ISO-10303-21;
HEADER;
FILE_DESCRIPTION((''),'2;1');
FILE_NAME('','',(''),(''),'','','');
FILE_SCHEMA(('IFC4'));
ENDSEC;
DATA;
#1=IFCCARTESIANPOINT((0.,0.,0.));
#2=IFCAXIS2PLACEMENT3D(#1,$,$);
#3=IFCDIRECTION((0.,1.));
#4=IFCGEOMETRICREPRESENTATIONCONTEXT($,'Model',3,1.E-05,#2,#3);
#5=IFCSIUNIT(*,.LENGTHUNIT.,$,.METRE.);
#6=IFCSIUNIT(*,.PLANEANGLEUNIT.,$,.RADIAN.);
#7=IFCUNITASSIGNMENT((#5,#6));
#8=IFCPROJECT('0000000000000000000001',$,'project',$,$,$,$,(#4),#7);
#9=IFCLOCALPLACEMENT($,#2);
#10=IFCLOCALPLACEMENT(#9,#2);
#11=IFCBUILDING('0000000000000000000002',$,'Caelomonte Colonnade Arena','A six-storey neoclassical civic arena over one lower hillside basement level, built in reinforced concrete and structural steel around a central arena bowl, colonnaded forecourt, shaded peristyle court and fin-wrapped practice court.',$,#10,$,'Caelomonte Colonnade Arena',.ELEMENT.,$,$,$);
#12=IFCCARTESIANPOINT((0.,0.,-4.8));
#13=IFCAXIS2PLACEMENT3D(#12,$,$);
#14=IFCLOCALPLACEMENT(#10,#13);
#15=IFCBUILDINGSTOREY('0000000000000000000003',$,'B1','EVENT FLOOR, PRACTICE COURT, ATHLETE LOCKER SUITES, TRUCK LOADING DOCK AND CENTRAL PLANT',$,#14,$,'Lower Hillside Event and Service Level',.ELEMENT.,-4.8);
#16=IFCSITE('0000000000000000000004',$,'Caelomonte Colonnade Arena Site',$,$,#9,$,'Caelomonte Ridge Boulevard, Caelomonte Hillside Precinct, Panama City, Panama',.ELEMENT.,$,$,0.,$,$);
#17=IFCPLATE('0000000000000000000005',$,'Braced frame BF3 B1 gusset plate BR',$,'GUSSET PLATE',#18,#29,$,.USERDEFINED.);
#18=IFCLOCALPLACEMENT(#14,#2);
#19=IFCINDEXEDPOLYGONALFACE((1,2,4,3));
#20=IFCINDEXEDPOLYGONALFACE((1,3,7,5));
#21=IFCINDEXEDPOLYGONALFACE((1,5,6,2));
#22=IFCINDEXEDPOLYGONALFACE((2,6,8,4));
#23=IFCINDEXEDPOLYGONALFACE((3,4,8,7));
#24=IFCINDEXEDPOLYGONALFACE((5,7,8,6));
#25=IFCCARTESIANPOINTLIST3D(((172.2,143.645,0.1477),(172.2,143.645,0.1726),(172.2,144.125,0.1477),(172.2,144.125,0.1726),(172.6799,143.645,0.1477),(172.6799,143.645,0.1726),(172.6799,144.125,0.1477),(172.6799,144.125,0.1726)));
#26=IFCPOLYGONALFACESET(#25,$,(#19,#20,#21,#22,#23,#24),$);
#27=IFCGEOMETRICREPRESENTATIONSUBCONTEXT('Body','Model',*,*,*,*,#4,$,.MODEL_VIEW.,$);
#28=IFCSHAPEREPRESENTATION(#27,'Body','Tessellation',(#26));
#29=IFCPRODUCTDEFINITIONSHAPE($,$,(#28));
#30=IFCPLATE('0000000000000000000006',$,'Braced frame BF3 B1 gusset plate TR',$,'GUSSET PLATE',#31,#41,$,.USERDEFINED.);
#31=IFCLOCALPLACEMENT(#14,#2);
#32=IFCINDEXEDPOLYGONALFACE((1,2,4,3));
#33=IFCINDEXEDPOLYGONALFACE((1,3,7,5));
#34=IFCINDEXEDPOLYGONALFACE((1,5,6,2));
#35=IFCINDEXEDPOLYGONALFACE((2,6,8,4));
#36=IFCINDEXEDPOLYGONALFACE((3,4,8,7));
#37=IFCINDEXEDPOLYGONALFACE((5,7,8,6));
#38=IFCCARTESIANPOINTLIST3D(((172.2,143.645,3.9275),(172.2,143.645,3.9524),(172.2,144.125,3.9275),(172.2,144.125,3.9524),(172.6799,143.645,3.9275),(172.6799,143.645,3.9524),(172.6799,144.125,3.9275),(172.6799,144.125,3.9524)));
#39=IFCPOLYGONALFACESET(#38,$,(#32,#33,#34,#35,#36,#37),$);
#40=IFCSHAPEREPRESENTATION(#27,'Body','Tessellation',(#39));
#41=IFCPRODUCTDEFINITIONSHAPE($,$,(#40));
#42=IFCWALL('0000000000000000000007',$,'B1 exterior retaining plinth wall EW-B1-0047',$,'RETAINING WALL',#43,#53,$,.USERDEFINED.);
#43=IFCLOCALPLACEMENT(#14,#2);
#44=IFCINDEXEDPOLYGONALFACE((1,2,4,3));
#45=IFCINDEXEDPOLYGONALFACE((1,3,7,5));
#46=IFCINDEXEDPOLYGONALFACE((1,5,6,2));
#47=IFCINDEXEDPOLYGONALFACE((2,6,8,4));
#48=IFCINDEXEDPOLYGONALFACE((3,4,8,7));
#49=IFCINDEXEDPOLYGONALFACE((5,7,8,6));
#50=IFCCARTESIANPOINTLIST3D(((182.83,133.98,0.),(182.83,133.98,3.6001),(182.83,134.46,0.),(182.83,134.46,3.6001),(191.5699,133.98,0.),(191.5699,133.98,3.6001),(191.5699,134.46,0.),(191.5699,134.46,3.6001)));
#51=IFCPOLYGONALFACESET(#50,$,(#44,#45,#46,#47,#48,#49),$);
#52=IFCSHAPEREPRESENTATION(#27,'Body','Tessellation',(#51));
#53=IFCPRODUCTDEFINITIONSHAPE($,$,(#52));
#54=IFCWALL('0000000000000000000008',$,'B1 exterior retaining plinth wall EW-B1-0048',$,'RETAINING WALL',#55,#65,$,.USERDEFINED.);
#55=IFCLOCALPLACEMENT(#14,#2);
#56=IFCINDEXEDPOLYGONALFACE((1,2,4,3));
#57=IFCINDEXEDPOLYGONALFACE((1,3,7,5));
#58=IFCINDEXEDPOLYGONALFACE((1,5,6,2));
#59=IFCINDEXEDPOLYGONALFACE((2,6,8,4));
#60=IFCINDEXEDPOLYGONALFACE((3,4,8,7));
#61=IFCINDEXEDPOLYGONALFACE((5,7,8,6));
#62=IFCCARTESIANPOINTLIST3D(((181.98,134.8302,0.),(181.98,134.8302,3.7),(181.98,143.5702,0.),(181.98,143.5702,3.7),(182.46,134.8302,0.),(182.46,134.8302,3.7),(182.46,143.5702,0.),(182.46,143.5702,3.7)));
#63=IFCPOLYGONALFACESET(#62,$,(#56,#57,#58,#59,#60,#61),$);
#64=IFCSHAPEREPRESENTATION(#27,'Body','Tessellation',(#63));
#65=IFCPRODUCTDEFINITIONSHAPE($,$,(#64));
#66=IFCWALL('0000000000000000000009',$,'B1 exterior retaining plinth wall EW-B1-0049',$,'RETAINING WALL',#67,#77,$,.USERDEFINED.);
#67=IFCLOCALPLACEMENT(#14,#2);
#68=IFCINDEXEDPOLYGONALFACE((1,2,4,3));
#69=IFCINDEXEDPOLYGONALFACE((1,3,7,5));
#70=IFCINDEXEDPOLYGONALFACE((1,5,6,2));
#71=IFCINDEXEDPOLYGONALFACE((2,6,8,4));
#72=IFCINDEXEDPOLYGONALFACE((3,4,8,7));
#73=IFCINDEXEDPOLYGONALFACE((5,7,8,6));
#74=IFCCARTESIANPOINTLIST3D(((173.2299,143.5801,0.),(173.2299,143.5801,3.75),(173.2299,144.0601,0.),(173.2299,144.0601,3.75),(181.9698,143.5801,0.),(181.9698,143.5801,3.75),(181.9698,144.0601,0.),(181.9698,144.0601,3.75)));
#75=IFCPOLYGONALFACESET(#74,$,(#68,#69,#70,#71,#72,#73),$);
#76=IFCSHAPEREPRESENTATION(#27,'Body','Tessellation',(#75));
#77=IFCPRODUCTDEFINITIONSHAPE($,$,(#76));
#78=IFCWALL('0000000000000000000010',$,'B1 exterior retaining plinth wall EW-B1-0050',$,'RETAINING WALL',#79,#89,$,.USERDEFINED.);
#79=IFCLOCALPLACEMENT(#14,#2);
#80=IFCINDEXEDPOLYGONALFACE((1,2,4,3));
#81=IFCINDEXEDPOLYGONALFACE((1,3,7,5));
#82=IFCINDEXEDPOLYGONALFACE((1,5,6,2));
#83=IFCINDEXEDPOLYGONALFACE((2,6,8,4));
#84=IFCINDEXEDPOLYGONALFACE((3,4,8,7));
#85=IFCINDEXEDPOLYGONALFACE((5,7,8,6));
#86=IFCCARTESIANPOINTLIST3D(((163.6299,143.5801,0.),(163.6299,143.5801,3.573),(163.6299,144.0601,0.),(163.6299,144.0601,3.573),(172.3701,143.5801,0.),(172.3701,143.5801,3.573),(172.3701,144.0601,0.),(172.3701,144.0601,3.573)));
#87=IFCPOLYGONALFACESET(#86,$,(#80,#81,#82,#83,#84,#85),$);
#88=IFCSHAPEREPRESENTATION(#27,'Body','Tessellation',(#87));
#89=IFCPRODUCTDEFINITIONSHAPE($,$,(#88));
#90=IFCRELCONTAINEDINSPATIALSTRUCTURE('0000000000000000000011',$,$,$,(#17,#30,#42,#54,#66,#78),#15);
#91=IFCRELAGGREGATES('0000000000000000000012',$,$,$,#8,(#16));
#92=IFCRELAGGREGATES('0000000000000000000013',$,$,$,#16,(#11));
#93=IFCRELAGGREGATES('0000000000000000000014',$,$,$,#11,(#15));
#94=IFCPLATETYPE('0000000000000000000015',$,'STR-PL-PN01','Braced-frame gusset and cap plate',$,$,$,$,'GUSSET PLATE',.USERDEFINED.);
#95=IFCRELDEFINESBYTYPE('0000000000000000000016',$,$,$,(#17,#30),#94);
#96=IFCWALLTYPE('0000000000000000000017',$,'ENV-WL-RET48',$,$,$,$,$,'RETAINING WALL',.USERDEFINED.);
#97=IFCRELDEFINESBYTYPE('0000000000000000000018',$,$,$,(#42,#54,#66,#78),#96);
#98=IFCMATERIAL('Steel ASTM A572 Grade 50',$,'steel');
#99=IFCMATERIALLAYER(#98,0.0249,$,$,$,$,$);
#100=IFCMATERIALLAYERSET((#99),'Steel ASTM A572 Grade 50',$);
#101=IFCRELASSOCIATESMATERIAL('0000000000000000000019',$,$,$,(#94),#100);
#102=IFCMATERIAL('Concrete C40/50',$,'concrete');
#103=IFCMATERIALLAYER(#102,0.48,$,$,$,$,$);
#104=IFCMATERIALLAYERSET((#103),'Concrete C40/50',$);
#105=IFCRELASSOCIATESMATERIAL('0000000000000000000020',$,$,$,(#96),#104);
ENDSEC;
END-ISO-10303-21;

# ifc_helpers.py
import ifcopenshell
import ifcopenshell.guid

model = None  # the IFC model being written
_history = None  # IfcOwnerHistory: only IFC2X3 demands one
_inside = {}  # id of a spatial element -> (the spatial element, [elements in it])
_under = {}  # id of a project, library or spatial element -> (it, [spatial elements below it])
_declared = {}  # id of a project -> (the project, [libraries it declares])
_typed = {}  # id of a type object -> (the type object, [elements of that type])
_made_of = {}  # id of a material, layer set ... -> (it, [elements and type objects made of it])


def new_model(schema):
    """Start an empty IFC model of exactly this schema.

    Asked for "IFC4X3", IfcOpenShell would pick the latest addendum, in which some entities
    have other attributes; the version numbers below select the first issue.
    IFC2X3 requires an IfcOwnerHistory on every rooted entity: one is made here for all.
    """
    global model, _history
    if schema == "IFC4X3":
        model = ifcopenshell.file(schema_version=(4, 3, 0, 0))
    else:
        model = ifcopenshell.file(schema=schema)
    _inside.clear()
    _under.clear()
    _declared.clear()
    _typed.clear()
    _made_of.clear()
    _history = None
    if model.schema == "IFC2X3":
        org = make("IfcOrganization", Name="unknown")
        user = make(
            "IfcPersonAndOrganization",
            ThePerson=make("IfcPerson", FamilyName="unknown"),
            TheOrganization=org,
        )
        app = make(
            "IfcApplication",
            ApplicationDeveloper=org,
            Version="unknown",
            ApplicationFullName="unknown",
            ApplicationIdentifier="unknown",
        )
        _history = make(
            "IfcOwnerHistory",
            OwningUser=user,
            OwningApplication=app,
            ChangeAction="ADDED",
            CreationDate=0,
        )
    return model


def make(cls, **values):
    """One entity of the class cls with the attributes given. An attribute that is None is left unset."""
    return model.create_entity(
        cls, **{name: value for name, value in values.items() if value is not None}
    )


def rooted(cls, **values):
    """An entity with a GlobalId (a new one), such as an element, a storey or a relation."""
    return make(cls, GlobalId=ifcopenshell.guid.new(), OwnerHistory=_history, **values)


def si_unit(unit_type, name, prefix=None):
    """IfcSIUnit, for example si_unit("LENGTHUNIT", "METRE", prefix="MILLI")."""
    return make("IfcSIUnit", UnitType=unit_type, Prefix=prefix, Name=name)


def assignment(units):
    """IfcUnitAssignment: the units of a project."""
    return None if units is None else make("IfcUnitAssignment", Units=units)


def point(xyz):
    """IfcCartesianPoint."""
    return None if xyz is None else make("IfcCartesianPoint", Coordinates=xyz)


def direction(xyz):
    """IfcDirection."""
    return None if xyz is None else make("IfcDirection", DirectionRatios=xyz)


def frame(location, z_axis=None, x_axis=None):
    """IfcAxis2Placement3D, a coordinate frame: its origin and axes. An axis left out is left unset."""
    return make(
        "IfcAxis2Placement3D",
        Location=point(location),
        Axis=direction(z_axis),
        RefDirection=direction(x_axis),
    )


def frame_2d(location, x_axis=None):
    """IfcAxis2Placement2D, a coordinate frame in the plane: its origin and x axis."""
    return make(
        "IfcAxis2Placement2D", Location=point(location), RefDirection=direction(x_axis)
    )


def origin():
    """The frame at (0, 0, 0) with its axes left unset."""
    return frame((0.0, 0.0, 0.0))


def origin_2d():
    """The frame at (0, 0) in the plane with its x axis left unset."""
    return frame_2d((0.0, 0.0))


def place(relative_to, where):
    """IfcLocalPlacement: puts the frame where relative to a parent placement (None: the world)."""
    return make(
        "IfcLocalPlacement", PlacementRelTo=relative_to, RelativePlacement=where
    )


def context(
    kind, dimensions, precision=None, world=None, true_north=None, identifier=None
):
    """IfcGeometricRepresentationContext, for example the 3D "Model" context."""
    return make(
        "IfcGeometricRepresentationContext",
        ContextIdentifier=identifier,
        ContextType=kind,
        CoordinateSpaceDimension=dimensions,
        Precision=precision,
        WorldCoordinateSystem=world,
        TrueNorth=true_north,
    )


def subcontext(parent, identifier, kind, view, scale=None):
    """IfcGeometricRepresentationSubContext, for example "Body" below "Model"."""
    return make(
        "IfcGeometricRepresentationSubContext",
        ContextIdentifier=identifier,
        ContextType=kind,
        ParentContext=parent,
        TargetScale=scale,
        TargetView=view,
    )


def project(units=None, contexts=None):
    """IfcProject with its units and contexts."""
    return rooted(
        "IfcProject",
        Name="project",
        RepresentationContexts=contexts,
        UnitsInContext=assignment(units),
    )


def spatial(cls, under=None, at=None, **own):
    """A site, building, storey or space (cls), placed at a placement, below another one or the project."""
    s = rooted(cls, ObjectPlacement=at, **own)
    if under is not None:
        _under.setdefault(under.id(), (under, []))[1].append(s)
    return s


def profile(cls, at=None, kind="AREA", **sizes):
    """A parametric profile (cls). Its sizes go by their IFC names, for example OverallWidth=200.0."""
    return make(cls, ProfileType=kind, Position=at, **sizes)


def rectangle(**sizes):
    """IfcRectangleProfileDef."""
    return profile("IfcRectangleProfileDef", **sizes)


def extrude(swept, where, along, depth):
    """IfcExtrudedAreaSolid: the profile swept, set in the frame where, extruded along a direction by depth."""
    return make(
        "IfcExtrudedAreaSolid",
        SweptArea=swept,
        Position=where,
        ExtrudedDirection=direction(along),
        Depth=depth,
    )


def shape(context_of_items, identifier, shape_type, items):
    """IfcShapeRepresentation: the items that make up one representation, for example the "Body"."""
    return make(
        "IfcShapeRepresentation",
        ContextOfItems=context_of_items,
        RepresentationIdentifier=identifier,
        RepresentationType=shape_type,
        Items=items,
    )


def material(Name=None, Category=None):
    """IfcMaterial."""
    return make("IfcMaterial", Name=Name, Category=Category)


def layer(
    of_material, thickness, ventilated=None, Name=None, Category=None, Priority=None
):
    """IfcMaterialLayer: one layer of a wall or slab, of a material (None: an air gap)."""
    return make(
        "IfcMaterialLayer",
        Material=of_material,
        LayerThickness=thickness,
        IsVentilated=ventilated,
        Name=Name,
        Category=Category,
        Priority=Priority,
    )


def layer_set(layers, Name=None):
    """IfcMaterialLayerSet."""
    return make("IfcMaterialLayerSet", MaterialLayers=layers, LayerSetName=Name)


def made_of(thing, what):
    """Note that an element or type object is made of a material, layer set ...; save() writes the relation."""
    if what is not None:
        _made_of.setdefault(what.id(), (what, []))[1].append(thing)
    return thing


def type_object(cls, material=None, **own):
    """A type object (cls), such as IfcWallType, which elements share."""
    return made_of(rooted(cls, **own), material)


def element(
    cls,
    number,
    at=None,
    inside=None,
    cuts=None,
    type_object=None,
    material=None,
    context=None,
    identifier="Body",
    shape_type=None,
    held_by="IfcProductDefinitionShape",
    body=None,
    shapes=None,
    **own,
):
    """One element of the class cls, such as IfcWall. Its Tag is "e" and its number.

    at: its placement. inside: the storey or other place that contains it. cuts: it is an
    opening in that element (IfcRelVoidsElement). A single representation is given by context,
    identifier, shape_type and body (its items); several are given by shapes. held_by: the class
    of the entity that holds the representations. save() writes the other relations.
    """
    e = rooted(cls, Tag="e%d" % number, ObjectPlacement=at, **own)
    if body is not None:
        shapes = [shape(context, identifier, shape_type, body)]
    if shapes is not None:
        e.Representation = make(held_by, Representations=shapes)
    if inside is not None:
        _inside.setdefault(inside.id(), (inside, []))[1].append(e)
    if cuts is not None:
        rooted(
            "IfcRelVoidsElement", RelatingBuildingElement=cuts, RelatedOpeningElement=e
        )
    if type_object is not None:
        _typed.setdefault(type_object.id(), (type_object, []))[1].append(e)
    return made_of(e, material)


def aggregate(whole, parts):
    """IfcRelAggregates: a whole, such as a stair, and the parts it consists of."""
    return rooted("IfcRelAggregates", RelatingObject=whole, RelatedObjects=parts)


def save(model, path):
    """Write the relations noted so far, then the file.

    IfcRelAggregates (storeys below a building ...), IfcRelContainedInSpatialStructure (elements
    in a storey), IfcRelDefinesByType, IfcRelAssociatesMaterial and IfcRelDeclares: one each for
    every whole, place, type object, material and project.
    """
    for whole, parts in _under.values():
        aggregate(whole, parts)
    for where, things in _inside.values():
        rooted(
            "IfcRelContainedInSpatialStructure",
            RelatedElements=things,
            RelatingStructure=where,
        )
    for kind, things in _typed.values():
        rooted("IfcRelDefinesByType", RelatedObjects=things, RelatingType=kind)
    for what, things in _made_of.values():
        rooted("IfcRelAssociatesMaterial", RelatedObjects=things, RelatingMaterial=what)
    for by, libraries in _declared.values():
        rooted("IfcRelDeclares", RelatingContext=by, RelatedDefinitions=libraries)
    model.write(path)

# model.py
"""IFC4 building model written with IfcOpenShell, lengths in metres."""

from ifc_helpers import new_model, si_unit, direction, frame, frame_2d, origin, origin_2d, place, context, subcontext, project, spatial, rectangle, extrude, material, layer, layer_set, type_object, element, save


model = new_model("IFC4")

# Units and contexts
model_context = context("Model", 3, precision=1e-05, world=origin(), true_north=direction((0.0, 1.0)))
body_context = subcontext(model_context, "Body", "Model", "MODEL_VIEW")
ifc_project = project(units=[si_unit("LENGTHUNIT", "METRE"), si_unit("PLANEANGLEUNIT", "RADIAN")], contexts=[model_context])

# Site, building, storey
site_placement = place(None, origin())
site = spatial("IfcSite", under=ifc_project, at=site_placement, Name="Caelomonte Colonnade Arena Site", LongName="Caelomonte Ridge Boulevard, Caelomonte Hillside Precinct, Panama City, Panama", CompositionType="ELEMENT", RefElevation=0.0)
building_placement = place(site_placement, origin())
building = spatial("IfcBuilding", under=site, at=building_placement, Name="Caelomonte Colonnade Arena", Description="A six-storey neoclassical civic arena over one lower hillside basement level, built in reinforced concrete and structural steel around a central arena bowl, colonnaded forecourt, shaded peristyle court and fin-wrapped practice court.", LongName="Caelomonte Colonnade Arena", CompositionType="ELEMENT")
storey_placement = place(building_placement, frame((0.0, 0.0, -4.8)))
storey = spatial("IfcBuildingStorey", under=building, at=storey_placement, Name="B1", Description="EVENT FLOOR, PRACTICE COURT, ATHLETE LOCKER SUITES, TRUCK LOADING DOCK AND CENTRAL PLANT", LongName="Lower Hillside Event and Service Level", CompositionType="ELEMENT", Elevation=-4.8)

# Shared definitions
ifc_material_1 = material(Name="Concrete C40/50", Category="concrete")

# Plates
ifc_material_2 = material(Name="Steel ASTM A572 Grade 50", Category="steel")
ifc_layer_1 = layer(ifc_material_2, 0.0249)
ifc_layer_set_1 = layer_set([ifc_layer_1], Name="Steel ASTM A572 Grade 50")
plate_type = type_object("IfcPlateType", Name="STR-PL-PN01", Description="Braced-frame gusset and cap plate", ElementType="GUSSET PLATE", PredefinedType="USERDEFINED", material=ifc_layer_set_1)
for number, where, z_axis, x_axis, name in (
    (1, (172.4399, 143.885, 0.1477), (0.0, 0.0, 1.0), (1.0, 0.0, 0.0), "Braced frame BF3 B1 gusset plate BR"),
    (2, (172.4399, 143.885, 3.9275), (0.0, 0.0, 1.0), (1.0, 0.0, 0.0), "Braced frame BF3 B1 gusset plate TR"),
):
    element("IfcPlate", number, at=place(storey_placement, frame(where, z_axis=z_axis, x_axis=x_axis)), inside=storey, type_object=plate_type, Name=name, ObjectType="GUSSET PLATE", PredefinedType="USERDEFINED", context=body_context, shape_type="SweptSolid", body=[
        extrude(rectangle(XDim=0.48, YDim=0.48, at=origin_2d()), origin(), (0.0, 0.0, 1.0), 0.0249),
    ])

# Walls
ifc_layer_2 = layer(ifc_material_1, 0.48)
ifc_layer_set_2 = layer_set([ifc_layer_2], Name="Concrete C40/50")
wall_type = type_object("IfcWallType", Name="ENV-WL-RET48", ElementType="RETAINING WALL", PredefinedType="USERDEFINED", material=ifc_layer_set_2)
wall_1_placement = place(storey_placement, frame((191.5701, 134.22, 0.0), z_axis=(0.0, 0.0, 1.0), x_axis=(-1.0, 0.0, 0.0)))
element("IfcWall", 3, at=wall_1_placement, inside=storey, type_object=wall_type, Name="B1 exterior retaining plinth wall EW-B1-0047", ObjectType="RETAINING WALL", PredefinedType="USERDEFINED", context=body_context, shape_type="SweptSolid", body=[
    extrude(rectangle(XDim=8.74, YDim=0.48, at=frame_2d((4.3701, 0.0))), origin(), (0.0, 0.0, 1.0), 3.6001),
])
wall_2_placement = place(storey_placement, frame((182.22, 134.8301, 0.0), z_axis=(0.0, 0.0, 1.0), x_axis=(0.0, 1.0, 0.0)))
element("IfcWall", 4, at=wall_2_placement, inside=storey, type_object=wall_type, Name="B1 exterior retaining plinth wall EW-B1-0048", ObjectType="RETAINING WALL", PredefinedType="USERDEFINED", context=body_context, shape_type="SweptSolid", body=[
    extrude(rectangle(XDim=8.74, YDim=0.48, at=frame_2d((4.3701, 0.0))), origin(), (0.0, 0.0, 1.0), 3.7),
])
wall_3_placement = place(storey_placement, frame((181.97, 143.8201, 0.0), z_axis=(0.0, 0.0, 1.0), x_axis=(-1.0, 0.0, 0.0)))
element("IfcWall", 5, at=wall_3_placement, inside=storey, type_object=wall_type, Name="B1 exterior retaining plinth wall EW-B1-0049", ObjectType="RETAINING WALL", PredefinedType="USERDEFINED", context=body_context, shape_type="SweptSolid", body=[
    extrude(rectangle(XDim=8.74, YDim=0.48, at=frame_2d((4.3701, 0.0))), origin(), (0.0, 0.0, 1.0), 3.75),
])
wall_4_placement = place(storey_placement, frame((172.3701, 143.8201, 0.0), z_axis=(0.0, 0.0, 1.0), x_axis=(-1.0, 0.0, 0.0)))
element("IfcWall", 6, at=wall_4_placement, inside=storey, type_object=wall_type, Name="B1 exterior retaining plinth wall EW-B1-0050", ObjectType="RETAINING WALL", PredefinedType="USERDEFINED", context=body_context, shape_type="SweptSolid", body=[
    extrude(rectangle(XDim=8.7402, YDim=0.48, at=frame_2d((4.3701, 0.0))), origin(), (0.0, 0.0, 1.0), 3.573),
])

save(model, "model.ifc")
